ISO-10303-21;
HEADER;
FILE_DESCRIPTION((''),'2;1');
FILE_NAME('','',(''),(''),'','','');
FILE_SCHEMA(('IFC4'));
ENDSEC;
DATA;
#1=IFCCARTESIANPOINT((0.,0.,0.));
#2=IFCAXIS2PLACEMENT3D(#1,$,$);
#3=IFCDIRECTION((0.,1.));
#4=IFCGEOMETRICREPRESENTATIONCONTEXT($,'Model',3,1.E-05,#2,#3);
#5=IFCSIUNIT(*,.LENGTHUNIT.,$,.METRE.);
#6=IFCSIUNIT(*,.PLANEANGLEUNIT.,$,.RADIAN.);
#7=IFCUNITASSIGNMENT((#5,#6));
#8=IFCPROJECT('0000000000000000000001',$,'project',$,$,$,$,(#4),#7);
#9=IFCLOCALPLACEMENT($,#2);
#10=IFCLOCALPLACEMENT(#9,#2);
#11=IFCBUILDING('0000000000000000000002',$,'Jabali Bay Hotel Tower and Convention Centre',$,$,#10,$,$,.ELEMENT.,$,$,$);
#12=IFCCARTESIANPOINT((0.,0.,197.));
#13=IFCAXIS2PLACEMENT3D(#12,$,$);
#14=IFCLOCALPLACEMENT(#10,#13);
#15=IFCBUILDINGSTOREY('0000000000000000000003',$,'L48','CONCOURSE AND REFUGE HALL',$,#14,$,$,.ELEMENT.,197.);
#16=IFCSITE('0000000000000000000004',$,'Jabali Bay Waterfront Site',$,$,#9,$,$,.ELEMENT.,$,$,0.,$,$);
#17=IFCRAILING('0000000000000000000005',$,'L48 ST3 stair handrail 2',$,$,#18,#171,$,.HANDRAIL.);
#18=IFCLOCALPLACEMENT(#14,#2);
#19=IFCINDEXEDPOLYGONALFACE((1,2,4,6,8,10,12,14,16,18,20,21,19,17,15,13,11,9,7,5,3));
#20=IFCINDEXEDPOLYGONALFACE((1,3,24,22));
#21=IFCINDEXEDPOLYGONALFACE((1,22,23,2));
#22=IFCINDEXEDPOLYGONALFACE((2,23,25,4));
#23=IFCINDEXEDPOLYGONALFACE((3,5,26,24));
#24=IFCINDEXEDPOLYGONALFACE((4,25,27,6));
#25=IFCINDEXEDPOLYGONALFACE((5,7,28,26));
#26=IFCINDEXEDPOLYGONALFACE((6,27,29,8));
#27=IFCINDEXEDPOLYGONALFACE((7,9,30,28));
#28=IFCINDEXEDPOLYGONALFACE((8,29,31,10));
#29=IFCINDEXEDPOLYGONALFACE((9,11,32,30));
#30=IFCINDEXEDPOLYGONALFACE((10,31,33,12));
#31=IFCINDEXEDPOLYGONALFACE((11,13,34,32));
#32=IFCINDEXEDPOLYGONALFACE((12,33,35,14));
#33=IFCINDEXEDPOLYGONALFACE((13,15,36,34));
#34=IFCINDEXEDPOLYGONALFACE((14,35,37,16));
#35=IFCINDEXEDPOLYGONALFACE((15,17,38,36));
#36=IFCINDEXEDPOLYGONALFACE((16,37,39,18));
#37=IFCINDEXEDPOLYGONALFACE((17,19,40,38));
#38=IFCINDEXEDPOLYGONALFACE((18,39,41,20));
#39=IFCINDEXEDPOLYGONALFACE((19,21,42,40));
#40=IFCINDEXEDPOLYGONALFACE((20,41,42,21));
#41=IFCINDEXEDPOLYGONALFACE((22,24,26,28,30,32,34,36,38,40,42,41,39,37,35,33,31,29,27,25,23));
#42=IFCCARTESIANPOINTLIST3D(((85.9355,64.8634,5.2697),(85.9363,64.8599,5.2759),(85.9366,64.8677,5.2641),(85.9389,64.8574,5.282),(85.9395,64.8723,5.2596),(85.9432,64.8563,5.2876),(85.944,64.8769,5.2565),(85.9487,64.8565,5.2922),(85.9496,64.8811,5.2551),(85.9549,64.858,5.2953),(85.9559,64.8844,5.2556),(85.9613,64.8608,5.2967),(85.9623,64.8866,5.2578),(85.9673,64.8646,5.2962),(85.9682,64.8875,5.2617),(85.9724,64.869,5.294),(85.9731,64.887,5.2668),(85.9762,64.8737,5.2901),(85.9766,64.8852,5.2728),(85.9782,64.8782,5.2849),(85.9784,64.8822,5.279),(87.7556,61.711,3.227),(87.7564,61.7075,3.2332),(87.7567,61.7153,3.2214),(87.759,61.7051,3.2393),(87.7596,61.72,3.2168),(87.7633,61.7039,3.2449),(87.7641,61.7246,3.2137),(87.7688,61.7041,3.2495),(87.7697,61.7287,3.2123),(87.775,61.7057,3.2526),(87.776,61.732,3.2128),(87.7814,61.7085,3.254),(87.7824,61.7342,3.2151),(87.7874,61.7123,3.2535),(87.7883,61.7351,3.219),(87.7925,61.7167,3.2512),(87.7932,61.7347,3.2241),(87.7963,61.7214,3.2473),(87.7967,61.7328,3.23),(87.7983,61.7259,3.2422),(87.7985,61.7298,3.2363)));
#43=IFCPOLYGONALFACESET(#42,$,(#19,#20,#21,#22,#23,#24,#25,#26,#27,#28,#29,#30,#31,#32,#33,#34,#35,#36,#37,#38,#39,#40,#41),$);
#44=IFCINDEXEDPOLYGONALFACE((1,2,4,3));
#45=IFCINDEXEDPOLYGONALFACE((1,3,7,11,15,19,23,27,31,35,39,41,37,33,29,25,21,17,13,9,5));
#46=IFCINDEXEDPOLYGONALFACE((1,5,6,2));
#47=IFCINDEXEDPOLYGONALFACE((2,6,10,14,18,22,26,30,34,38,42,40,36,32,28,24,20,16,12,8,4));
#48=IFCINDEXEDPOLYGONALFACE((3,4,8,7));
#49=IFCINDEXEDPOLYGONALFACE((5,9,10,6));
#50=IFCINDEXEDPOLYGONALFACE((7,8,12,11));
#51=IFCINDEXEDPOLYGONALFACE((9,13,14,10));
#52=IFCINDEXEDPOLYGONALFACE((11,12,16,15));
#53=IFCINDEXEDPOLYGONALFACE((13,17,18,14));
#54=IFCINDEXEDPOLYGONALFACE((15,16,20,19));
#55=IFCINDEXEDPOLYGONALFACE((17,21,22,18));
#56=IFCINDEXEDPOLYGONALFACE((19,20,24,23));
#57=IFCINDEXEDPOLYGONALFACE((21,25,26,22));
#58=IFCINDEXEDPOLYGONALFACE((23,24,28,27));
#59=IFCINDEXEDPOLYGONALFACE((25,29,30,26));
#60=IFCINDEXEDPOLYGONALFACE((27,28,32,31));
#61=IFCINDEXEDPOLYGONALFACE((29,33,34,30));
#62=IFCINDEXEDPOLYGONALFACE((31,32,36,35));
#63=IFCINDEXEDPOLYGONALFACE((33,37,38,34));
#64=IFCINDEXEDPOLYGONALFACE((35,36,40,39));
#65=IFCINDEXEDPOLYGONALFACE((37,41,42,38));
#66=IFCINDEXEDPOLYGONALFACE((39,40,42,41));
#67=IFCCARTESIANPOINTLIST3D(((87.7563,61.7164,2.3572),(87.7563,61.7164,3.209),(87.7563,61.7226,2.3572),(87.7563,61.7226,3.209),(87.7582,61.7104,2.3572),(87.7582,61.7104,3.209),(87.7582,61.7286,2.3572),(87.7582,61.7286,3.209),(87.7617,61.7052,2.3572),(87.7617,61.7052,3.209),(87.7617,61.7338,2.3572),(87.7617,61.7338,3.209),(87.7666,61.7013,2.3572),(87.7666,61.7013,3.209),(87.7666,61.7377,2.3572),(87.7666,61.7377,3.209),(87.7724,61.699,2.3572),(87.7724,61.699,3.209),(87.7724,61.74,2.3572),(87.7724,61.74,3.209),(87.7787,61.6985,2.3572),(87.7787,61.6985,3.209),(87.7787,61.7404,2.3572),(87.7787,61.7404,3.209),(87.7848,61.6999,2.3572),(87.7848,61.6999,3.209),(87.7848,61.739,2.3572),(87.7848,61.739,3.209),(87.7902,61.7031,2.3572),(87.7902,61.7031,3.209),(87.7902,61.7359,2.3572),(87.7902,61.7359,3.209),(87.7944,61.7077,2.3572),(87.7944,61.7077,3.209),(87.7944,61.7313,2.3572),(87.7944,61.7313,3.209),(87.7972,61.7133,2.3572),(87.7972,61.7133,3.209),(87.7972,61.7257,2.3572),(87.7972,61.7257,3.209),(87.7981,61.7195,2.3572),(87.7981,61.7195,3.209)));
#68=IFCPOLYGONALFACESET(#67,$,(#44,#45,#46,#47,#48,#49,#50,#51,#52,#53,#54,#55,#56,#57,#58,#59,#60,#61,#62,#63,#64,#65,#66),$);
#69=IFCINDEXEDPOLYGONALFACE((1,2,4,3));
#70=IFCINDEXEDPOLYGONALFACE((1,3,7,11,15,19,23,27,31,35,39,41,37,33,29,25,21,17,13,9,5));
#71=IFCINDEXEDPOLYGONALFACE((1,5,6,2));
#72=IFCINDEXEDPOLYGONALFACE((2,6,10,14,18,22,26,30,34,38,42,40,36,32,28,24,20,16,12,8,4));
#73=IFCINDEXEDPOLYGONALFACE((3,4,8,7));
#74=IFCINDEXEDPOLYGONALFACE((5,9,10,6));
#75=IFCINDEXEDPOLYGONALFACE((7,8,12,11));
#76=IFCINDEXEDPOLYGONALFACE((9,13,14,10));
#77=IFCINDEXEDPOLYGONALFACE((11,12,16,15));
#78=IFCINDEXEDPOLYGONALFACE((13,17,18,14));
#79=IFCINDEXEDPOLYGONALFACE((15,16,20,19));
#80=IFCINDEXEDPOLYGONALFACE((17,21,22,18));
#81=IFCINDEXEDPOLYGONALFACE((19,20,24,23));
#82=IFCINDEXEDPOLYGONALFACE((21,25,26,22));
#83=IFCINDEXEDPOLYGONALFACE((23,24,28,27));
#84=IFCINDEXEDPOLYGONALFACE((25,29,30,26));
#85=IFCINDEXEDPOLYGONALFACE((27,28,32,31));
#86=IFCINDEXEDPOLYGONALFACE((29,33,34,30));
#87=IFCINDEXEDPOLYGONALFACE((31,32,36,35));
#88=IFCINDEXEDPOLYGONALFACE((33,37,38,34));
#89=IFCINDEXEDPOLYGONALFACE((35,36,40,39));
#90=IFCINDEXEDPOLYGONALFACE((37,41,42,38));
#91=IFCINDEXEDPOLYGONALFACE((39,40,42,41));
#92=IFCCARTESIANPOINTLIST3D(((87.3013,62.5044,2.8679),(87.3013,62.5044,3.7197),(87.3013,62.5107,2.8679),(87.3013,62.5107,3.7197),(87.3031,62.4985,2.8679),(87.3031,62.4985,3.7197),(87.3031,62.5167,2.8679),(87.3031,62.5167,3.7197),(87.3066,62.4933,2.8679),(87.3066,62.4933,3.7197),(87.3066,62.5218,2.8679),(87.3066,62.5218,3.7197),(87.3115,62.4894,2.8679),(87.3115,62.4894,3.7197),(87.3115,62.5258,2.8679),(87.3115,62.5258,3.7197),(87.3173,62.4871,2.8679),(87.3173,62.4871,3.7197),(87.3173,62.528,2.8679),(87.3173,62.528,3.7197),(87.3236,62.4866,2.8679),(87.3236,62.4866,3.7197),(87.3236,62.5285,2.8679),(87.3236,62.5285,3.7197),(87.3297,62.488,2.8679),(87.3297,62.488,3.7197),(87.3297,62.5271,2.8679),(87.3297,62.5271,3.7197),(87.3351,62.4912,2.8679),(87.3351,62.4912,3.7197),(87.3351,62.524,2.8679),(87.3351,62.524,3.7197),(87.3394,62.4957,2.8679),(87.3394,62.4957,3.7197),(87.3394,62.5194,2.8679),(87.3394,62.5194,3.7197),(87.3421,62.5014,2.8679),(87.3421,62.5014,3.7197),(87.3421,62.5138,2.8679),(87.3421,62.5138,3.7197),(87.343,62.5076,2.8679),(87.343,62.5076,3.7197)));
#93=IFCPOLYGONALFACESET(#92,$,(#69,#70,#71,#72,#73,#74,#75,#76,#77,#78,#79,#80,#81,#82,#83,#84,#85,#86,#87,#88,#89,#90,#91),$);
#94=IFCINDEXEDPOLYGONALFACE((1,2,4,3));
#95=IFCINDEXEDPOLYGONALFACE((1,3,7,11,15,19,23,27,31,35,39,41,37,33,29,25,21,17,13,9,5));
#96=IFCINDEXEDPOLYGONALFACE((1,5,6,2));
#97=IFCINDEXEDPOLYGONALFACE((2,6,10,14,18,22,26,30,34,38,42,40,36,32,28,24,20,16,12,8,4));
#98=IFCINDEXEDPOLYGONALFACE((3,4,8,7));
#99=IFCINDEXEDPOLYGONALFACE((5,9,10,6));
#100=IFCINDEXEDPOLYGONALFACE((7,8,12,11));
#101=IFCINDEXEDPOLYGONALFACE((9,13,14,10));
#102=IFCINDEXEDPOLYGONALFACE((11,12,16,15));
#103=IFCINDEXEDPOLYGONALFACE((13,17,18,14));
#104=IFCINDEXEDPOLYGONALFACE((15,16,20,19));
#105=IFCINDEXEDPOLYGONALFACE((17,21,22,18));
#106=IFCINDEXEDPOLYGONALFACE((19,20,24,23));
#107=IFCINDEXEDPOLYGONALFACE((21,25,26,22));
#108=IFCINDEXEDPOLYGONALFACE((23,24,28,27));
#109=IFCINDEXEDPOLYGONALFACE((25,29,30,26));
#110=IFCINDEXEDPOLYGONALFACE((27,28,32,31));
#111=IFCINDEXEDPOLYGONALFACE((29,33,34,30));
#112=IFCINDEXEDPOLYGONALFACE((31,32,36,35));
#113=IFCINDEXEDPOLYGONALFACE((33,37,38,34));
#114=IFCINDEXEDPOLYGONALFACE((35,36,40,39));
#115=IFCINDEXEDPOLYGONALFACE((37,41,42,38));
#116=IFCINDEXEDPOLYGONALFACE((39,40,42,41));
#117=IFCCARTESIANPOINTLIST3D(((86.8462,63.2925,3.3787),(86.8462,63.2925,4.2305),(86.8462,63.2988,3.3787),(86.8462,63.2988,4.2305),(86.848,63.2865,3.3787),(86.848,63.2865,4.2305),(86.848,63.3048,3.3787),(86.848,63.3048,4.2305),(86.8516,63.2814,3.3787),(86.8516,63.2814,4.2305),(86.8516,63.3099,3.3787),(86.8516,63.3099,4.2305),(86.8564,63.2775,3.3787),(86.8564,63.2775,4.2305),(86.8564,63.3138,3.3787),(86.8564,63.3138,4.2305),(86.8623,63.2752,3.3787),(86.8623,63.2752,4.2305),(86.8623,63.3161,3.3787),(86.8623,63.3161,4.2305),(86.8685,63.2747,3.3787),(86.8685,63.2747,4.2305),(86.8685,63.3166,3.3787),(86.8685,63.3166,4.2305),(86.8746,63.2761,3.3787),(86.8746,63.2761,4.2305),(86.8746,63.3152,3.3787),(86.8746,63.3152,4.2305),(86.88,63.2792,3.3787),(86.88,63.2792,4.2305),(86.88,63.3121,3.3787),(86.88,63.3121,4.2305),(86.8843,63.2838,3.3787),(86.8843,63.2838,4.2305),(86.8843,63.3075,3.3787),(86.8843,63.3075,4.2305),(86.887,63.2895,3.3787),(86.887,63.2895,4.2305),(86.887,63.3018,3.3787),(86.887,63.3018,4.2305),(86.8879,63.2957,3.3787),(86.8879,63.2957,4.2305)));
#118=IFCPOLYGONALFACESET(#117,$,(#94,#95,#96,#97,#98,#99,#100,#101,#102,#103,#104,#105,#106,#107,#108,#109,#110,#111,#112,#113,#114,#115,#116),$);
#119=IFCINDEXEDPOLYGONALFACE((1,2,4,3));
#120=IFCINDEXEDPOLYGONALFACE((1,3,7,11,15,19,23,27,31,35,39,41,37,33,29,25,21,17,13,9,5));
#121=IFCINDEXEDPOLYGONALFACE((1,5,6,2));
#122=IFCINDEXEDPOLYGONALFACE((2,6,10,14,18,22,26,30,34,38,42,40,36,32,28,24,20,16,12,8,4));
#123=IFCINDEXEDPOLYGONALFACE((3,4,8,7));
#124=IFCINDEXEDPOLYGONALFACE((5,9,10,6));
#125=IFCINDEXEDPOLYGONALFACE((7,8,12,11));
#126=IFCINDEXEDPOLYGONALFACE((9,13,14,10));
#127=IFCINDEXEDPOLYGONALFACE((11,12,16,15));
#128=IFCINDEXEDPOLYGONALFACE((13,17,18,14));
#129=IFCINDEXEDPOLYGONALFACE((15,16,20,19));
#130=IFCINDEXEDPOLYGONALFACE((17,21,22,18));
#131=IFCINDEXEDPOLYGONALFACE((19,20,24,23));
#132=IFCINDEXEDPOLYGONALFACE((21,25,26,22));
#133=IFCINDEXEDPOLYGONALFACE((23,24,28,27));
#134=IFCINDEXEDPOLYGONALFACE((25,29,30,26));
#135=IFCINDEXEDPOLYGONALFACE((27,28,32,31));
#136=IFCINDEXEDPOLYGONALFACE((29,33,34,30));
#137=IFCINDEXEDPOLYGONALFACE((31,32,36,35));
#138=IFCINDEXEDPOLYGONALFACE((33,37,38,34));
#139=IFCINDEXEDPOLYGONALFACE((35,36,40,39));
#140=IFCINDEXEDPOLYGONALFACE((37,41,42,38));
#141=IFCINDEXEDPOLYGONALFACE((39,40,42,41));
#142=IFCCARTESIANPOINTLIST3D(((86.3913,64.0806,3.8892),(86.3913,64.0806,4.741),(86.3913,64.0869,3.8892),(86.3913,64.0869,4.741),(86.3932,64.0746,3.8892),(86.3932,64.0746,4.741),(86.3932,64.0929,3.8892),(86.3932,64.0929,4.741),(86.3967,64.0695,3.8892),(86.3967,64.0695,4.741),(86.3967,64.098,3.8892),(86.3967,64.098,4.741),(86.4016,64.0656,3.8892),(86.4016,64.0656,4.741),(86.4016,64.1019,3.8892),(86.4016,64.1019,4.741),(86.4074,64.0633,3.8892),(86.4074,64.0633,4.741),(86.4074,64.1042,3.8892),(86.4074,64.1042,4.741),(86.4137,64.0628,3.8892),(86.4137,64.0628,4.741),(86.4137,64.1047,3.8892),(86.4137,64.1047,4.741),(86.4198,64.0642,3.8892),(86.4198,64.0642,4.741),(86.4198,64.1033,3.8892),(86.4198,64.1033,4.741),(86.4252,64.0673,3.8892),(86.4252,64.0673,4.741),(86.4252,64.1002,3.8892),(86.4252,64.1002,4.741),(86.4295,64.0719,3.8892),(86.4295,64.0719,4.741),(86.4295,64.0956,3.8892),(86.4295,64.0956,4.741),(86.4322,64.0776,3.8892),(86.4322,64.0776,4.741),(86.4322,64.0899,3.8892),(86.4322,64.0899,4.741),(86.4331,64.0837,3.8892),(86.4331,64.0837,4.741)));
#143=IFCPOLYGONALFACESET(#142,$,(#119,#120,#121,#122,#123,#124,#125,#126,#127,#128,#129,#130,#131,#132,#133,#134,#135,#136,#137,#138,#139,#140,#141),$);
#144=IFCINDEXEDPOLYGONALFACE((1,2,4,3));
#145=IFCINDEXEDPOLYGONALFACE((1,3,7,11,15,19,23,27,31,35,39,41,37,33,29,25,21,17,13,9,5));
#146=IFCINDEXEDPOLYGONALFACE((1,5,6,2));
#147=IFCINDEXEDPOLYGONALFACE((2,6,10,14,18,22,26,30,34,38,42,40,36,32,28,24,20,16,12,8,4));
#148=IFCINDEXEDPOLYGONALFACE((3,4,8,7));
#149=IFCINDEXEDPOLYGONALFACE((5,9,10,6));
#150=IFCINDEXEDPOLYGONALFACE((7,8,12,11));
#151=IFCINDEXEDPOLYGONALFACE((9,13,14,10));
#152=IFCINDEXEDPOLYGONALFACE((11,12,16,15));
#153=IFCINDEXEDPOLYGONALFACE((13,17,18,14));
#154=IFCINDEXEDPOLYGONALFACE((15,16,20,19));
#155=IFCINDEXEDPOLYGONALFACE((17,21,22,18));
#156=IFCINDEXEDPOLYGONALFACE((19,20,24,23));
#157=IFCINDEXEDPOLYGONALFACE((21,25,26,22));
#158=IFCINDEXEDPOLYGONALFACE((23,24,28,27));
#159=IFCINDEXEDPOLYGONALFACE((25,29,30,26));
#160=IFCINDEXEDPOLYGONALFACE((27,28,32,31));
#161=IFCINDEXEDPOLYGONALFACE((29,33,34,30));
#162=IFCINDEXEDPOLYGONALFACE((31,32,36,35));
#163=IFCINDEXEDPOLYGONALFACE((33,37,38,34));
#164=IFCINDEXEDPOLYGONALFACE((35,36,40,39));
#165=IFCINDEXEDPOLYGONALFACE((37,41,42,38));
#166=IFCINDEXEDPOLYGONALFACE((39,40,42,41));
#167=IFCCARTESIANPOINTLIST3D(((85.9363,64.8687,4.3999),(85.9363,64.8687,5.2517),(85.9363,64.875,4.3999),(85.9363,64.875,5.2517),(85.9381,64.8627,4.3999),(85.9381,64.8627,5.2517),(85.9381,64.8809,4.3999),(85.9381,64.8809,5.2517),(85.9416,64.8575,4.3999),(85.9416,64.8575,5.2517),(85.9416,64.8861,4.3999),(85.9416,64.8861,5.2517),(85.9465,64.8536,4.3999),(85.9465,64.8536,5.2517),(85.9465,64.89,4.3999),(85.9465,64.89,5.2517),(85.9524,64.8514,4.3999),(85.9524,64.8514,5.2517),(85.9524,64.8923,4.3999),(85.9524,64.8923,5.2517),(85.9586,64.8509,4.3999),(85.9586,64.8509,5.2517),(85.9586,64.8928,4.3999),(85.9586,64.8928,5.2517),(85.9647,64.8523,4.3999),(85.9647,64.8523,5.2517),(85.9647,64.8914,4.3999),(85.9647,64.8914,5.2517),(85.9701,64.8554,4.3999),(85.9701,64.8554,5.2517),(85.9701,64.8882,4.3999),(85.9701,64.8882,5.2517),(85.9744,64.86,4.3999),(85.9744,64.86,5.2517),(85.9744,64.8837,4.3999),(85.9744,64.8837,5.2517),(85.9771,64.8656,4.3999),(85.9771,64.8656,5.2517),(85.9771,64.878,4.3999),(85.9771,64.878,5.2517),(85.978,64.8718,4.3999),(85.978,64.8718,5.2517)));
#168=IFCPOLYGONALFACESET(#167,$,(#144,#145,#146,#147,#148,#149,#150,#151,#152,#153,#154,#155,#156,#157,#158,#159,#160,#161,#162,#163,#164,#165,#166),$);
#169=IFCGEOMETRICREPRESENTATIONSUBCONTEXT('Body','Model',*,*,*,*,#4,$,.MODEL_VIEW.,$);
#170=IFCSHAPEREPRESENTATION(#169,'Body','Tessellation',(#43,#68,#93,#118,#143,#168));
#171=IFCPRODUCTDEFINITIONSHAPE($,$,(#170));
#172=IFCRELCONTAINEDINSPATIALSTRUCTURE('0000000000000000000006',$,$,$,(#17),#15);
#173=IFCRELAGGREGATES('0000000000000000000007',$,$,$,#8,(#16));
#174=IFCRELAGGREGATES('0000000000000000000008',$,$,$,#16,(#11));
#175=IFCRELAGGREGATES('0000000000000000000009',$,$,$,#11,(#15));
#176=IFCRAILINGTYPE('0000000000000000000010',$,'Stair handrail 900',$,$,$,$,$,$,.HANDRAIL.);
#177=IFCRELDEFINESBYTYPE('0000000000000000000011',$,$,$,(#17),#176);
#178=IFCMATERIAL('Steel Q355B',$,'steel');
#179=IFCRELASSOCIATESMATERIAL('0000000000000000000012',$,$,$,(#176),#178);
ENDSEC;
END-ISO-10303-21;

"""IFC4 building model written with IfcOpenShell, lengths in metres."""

from ifc_helpers import new_model, si_unit, direction, frame, origin, origin_2d, place, context, subcontext, project, spatial, circle, extrude, material, type_object, element, save


model = new_model("IFC4")

# Units and contexts
model_context = context("Model", 3, precision=1e-05, world=origin(), true_north=direction((0.0, 1.0)))
body_context = subcontext(model_context, "Body", "Model", "MODEL_VIEW")
ifc_project = project(units=[si_unit("LENGTHUNIT", "METRE"), si_unit("PLANEANGLEUNIT", "RADIAN")], contexts=[model_context])

# Site, building, storey
site_placement = place(None, origin())
site = spatial("IfcSite", under=ifc_project, at=site_placement, Name="Jabali Bay Waterfront Site", CompositionType="ELEMENT", RefElevation=0.0)
building_placement = place(site_placement, origin())
building = spatial("IfcBuilding", under=site, at=building_placement, Name="Jabali Bay Hotel Tower and Convention Centre", CompositionType="ELEMENT")
storey_placement = place(building_placement, frame((0.0, 0.0, 197.0)))
storey = spatial("IfcBuildingStorey", under=building, at=storey_placement, Name="L48", Description="CONCOURSE AND REFUGE HALL", CompositionType="ELEMENT", Elevation=197.0)

# Railing
ifc_material_1 = material(Name="Steel Q355B", Category="steel")
railing_type_1 = type_object("IfcRailingType", Name="Stair handrail 900", PredefinedType="HANDRAIL", material=ifc_material_1)
railing_1_placement = place(storey_placement, frame((87.7771, 61.7195, 2.3572)))
element("IfcRailing", 1, at=railing_1_placement, inside=storey, type_object=railing_type_1, Name="L48 ST3 stair handrail 2", PredefinedType="HANDRAIL", context=body_context, shape_type="SweptSolid", body=[
    extrude(circle(Radius=0.0239, at=origin_2d()), frame((0.0, 0.0, 0.876), z_axis=(-0.436044, 0.755225, 0.489387), x_axis=(-0.866018, -0.500013, 0.0)), (0.0, 0.0, 1.0), 4.1741),
    extrude(circle(Radius=0.021, at=origin_2d()), origin(), (0.0, 0.0, 1.0), 0.8518),
    extrude(circle(Radius=0.021, at=origin_2d()), frame((-0.4551, 0.7881, 0.5107)), (0.0, 0.0, 1.0), 0.8518),
    extrude(circle(Radius=0.021, at=origin_2d()), frame((-0.9102, 1.5762, 1.0215)), (0.0, 0.0, 1.0), 0.8518),
    extrude(circle(Radius=0.021, at=origin_2d()), frame((-1.365, 2.3643, 1.532)), (0.0, 0.0, 1.0), 0.8518),
    extrude(circle(Radius=0.021, at=origin_2d()), frame((-1.8201, 3.1523, 2.0427)), (0.0, 0.0, 1.0), 0.8518),
])

save(model, "model.ifc")
